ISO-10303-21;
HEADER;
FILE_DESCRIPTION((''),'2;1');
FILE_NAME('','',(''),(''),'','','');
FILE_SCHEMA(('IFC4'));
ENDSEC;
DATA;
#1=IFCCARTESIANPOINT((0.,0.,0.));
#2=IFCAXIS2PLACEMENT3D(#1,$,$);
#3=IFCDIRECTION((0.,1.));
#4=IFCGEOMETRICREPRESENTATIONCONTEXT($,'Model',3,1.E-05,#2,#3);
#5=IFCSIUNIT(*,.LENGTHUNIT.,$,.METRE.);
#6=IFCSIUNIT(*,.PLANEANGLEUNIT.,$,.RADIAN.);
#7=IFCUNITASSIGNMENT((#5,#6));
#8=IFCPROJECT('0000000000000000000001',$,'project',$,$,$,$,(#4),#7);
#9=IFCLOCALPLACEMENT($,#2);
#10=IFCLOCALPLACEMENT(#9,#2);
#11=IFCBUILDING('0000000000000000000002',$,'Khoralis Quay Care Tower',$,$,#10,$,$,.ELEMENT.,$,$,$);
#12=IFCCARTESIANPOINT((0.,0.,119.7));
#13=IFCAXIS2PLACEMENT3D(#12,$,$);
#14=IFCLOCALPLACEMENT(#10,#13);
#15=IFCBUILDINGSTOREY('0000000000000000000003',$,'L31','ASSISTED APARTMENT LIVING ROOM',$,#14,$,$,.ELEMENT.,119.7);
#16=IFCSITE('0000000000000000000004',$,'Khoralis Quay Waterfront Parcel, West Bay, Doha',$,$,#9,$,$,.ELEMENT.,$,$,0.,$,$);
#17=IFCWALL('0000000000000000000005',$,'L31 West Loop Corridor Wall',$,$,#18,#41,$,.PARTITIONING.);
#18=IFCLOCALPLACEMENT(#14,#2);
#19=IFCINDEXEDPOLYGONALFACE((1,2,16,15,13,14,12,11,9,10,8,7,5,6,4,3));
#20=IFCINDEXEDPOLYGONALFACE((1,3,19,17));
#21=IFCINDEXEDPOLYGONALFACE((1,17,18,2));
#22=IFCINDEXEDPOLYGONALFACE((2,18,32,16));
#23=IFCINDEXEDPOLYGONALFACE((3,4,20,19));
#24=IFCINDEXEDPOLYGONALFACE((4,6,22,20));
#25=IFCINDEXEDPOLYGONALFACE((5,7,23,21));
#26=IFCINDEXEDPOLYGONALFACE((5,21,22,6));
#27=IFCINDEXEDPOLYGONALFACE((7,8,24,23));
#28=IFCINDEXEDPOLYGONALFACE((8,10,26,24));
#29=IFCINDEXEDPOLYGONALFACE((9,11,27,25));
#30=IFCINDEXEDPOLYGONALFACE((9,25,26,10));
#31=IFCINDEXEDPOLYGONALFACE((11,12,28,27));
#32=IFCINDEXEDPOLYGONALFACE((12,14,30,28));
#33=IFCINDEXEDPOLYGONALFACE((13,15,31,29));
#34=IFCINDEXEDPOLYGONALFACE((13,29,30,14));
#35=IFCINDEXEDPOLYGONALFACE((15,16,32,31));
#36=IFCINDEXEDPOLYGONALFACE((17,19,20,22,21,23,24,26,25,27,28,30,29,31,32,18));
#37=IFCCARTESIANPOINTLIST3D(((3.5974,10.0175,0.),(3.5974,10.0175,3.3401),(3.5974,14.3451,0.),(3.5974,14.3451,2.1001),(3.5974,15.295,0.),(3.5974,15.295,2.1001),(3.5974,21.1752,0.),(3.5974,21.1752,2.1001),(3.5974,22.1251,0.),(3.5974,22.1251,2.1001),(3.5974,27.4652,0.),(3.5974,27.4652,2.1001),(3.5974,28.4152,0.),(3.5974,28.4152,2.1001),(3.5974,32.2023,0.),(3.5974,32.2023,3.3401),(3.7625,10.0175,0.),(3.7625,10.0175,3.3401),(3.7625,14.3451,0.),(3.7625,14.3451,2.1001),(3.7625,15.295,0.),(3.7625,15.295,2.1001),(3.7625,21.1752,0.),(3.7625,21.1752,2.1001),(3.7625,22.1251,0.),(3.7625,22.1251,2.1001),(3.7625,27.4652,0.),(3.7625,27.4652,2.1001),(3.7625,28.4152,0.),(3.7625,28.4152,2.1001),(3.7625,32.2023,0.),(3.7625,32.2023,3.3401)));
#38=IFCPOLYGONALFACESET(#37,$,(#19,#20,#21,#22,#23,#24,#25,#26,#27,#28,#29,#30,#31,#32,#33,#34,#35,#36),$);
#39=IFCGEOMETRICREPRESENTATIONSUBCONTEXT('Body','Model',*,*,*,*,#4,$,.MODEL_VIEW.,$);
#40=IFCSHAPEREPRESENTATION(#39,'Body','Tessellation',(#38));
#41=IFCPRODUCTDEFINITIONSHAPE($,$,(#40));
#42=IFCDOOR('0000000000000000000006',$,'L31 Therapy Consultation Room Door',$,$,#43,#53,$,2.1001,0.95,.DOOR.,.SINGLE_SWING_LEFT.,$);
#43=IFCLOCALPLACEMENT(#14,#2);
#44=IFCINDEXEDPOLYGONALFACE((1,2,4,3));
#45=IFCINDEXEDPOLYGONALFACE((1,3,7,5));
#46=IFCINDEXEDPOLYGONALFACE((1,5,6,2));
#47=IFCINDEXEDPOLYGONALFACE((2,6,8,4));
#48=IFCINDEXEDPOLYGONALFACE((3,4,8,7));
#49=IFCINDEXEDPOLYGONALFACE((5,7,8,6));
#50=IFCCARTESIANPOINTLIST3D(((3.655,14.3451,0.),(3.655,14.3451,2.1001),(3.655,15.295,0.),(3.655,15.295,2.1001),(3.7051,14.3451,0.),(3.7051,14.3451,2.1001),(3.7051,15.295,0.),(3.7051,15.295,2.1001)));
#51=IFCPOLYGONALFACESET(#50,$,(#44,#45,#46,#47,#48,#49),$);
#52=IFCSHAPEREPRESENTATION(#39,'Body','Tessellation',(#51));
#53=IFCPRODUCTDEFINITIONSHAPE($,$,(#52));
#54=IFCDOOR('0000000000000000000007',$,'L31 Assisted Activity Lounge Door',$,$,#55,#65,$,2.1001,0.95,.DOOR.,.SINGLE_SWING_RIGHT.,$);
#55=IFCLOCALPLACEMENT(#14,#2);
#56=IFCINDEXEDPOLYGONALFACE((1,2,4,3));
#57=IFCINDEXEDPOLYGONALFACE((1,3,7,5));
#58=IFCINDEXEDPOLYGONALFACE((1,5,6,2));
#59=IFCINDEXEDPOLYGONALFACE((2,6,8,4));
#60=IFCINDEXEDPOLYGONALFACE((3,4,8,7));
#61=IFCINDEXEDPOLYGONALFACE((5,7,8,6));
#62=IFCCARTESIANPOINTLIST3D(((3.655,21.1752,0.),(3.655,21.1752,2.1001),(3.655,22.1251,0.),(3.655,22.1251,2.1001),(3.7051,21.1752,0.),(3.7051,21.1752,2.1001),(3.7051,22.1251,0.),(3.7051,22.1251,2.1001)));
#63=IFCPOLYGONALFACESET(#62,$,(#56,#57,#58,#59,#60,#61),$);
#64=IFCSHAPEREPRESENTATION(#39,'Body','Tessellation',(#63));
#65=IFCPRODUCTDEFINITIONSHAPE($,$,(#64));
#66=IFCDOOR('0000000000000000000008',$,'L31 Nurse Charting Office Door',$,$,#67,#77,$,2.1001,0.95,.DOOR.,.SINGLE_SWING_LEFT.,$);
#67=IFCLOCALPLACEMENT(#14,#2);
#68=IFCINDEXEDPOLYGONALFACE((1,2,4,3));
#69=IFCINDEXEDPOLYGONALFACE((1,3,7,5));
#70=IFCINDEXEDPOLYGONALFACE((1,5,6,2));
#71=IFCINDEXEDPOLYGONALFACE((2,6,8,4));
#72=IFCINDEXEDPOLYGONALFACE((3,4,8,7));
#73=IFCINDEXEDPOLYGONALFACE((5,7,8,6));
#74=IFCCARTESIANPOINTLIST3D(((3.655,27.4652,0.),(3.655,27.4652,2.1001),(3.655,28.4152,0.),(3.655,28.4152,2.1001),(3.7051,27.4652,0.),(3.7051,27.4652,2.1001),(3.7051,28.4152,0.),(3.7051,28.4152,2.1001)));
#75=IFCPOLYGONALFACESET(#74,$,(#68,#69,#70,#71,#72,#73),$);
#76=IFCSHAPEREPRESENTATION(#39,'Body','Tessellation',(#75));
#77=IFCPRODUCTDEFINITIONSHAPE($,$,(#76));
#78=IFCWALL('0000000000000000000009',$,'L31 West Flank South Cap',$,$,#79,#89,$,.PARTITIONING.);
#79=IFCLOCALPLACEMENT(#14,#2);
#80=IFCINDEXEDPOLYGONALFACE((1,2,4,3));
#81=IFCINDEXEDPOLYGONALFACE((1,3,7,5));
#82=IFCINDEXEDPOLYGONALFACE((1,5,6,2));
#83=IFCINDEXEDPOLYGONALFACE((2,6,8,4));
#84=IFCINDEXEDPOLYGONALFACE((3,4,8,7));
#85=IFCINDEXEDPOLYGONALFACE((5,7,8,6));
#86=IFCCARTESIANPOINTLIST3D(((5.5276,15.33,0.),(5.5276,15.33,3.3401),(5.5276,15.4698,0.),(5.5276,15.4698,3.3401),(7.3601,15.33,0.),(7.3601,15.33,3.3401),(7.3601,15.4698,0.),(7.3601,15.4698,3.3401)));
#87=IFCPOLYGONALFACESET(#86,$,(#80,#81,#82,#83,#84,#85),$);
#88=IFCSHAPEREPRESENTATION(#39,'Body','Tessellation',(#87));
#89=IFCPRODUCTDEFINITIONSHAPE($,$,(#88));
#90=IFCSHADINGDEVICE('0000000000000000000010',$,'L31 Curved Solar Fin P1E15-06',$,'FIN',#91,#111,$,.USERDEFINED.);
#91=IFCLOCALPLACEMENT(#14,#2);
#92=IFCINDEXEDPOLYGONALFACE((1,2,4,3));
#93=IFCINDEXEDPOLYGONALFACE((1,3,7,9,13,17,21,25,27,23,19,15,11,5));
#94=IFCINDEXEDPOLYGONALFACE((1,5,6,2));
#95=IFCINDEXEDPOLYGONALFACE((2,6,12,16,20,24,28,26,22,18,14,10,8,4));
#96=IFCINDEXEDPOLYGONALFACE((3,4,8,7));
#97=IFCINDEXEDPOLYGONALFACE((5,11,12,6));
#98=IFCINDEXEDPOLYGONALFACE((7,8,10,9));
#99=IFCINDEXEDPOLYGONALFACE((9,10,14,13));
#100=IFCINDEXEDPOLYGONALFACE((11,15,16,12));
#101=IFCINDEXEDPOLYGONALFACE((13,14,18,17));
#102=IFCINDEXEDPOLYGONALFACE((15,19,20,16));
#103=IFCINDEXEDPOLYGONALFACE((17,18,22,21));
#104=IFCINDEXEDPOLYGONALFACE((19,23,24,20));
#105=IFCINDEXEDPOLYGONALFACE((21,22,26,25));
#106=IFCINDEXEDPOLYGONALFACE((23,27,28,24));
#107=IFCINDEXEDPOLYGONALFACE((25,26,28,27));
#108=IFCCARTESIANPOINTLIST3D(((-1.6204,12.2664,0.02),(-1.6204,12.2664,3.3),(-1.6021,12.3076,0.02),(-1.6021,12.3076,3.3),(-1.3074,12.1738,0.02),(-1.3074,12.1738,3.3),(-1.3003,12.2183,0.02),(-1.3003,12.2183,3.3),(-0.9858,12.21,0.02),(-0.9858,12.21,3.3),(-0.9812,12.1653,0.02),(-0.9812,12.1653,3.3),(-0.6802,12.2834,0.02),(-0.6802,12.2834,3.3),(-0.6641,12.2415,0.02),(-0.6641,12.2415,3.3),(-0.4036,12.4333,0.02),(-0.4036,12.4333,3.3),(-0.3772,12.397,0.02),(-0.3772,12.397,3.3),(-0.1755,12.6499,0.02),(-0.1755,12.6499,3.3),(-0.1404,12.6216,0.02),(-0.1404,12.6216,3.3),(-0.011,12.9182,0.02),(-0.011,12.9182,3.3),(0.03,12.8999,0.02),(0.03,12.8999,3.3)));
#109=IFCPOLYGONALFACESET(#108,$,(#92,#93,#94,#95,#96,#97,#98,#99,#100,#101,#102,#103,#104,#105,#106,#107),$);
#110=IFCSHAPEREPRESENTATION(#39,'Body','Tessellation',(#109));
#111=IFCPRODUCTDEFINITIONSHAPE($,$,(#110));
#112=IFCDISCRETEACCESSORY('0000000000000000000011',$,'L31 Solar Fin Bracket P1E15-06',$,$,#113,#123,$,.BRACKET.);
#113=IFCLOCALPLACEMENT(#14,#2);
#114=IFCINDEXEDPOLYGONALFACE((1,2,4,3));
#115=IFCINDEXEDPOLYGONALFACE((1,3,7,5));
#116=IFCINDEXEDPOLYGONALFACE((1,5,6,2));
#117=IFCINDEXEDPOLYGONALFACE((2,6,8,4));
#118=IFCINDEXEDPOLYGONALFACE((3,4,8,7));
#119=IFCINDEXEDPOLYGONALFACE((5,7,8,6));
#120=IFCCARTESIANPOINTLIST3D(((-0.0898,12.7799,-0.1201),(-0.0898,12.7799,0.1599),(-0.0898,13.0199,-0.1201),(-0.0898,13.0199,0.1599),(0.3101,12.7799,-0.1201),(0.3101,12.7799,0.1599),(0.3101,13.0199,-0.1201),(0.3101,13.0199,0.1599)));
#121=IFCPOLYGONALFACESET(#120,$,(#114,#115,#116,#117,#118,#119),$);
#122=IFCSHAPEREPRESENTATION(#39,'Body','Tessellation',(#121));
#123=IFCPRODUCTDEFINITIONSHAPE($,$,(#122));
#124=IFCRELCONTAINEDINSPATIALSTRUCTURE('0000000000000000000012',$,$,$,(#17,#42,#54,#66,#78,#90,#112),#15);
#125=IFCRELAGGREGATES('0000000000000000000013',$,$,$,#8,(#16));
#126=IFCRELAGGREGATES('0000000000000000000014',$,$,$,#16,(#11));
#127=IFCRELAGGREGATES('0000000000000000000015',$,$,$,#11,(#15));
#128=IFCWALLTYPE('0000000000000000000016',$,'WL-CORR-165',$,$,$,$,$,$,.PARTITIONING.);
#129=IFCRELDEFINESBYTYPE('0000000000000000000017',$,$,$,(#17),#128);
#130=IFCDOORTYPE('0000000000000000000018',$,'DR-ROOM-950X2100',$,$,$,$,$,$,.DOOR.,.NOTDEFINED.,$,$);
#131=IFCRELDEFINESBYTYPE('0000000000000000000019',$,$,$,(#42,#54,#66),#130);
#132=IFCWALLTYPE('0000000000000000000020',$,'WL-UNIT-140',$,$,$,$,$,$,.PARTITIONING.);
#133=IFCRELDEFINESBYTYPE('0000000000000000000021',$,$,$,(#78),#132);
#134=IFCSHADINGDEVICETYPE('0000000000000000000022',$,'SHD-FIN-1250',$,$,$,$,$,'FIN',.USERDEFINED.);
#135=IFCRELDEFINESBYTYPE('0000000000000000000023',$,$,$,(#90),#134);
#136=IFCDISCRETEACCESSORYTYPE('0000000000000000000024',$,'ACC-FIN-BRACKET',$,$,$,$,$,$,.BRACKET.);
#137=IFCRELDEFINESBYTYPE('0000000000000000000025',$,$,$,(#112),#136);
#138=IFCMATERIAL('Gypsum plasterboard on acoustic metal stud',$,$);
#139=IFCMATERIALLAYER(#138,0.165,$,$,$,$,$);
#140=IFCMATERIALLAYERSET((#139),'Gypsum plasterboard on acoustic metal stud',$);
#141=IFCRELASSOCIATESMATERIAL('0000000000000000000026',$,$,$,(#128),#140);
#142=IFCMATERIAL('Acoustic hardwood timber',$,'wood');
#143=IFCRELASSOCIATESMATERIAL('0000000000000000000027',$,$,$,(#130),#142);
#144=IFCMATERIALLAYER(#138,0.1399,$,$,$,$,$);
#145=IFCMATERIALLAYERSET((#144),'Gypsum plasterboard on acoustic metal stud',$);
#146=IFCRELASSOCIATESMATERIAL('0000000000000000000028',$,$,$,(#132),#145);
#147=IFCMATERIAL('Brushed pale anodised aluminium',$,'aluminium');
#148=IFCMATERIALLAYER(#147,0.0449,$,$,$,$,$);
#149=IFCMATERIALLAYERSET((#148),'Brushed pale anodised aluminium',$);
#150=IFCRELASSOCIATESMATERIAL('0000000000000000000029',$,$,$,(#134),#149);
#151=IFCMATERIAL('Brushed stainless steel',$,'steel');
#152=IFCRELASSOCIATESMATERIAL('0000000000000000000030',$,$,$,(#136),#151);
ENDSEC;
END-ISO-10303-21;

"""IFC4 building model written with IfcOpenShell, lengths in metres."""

from ifc_helpers import new_model, si_unit, direction, frame, frame_2d, origin, origin_2d, place, context, subcontext, project, spatial, polyline, rectangle, outline, extrude, source, transform, mapped, material, layer, layer_set, type_object, element, fill, save


model = new_model("IFC4")

# Units and contexts
model_context = context("Model", 3, precision=1e-05, world=origin(), true_north=direction((0.0, 1.0)))
body_context = subcontext(model_context, "Body", "Model", "MODEL_VIEW")
ifc_project = project(units=[si_unit("LENGTHUNIT", "METRE"), si_unit("PLANEANGLEUNIT", "RADIAN")], contexts=[model_context])

# Site, building, storey
site_placement = place(None, origin())
site = spatial("IfcSite", under=ifc_project, at=site_placement, Name="Khoralis Quay Waterfront Parcel, West Bay, Doha", CompositionType="ELEMENT", RefElevation=0.0)
building_placement = place(site_placement, origin())
building = spatial("IfcBuilding", under=site, at=building_placement, Name="Khoralis Quay Care Tower", CompositionType="ELEMENT")
storey_placement = place(building_placement, frame((0.0, 0.0, 119.7)))
storey = spatial("IfcBuildingStorey", under=building, at=storey_placement, Name="L31", Description="ASSISTED APARTMENT LIVING ROOM", CompositionType="ELEMENT", Elevation=119.7)

# Wall, openings, doors
ifc_material_1 = material(Name="Gypsum plasterboard on acoustic metal stud")
ifc_layer_1 = layer(ifc_material_1, 0.165)
ifc_layer_set_1 = layer_set([ifc_layer_1], Name="Gypsum plasterboard on acoustic metal stud")
wall_type_1 = type_object("IfcWallType", Name="WL-CORR-165", PredefinedType="PARTITIONING", material=ifc_layer_set_1)
ifc_material_2 = material(Name="Acoustic hardwood timber", Category="wood")
door_type_1 = type_object("IfcDoorType", Name="DR-ROOM-950X2100", OperationType="NOTDEFINED", PredefinedType="DOOR", material=ifc_material_2)
shared_shape_1 = source(origin(), body_context, "Body", "SweptSolid", [
    extrude(rectangle(XDim=0.95, YDim=2.1001, at=frame_2d((0.4751, 1.05))), frame((0.0, 0.0249, 0.0), z_axis=(0.0, -1.0, 0.0), x_axis=(1.0, 0.0, 0.0)), (0.0, 0.0, 1.0), 0.05),
])
wall_1_placement = place(storey_placement, frame((3.6799, 10.0176, 0.0), z_axis=(0.0, 0.0, 1.0), x_axis=(0.0, 1.0, 0.0)))
wall_1 = element("IfcWall", 1, at=wall_1_placement, inside=storey, type_object=wall_type_1, Name="L31 West Loop Corridor Wall", PredefinedType="PARTITIONING", context=body_context, shape_type="SweptSolid", body=[
    extrude(rectangle(XDim=22.1848, YDim=0.165, at=frame_2d((11.0923, 0.0))), origin(), (0.0, 0.0, 1.0), 3.3401),
])
opening_1_placement = place(wall_1_placement, frame((4.3274, 0.0, 0.0)))
opening_1 = element("IfcOpeningElement", 2, at=opening_1_placement, cuts=wall_1, PredefinedType="OPENING", context=body_context, shape_type="SweptSolid", body=[
    extrude(rectangle(XDim=0.95, YDim=2.1001, at=frame_2d((0.4751, 1.05))), frame((0.0, 0.0925, 0.0), z_axis=(0.0, -1.0, 0.0), x_axis=(1.0, 0.0, 0.0)), (0.0, 0.0, 1.0), 0.1851),
])
opening_2_placement = place(wall_1_placement, frame((11.1575, 0.0, 0.0)))
opening_2 = element("IfcOpeningElement", 3, at=opening_2_placement, cuts=wall_1, PredefinedType="OPENING", context=body_context, shape_type="SweptSolid", body=[
    extrude(rectangle(XDim=0.95, YDim=2.1001, at=frame_2d((0.4751, 1.05))), frame((0.0, 0.0925, 0.0), z_axis=(0.0, -1.0, 0.0), x_axis=(1.0, 0.0, 0.0)), (0.0, 0.0, 1.0), 0.1851),
])
opening_3_placement = place(wall_1_placement, frame((17.4475, 0.0, 0.0)))
opening_3 = element("IfcOpeningElement", 4, at=opening_3_placement, cuts=wall_1, PredefinedType="OPENING", context=body_context, shape_type="SweptSolid", body=[
    extrude(rectangle(XDim=0.95, YDim=2.1001, at=frame_2d((0.4751, 1.05))), frame((0.0, 0.0925, 0.0), z_axis=(0.0, -1.0, 0.0), x_axis=(1.0, 0.0, 0.0)), (0.0, 0.0, 1.0), 0.1851),
])
door_1_placement = place(opening_1_placement, origin())
door_1 = element("IfcDoor", 5, at=door_1_placement, inside=storey, type_object=door_type_1, Name="L31 Therapy Consultation Room Door", OperationType="SINGLE_SWING_LEFT", OverallHeight=2.1001, OverallWidth=0.95, PredefinedType="DOOR", context=body_context, shape_type="MappedRepresentation", body=[
    mapped(shared_shape_1, transform((0.0, 0.0, 0.0), scale=1.0)),
])
fill(opening_1, door_1)
door_2_placement = place(opening_2_placement, origin())
door_2 = element("IfcDoor", 6, at=door_2_placement, inside=storey, type_object=door_type_1, Name="L31 Assisted Activity Lounge Door", OperationType="SINGLE_SWING_RIGHT", OverallHeight=2.1001, OverallWidth=0.95, PredefinedType="DOOR", context=body_context, shape_type="MappedRepresentation", body=[
    mapped(shared_shape_1, transform((0.0, 0.0, 0.0), scale=1.0)),
])
fill(opening_2, door_2)
door_3_placement = place(opening_3_placement, origin())
door_3 = element("IfcDoor", 7, at=door_3_placement, inside=storey, type_object=door_type_1, Name="L31 Nurse Charting Office Door", OperationType="SINGLE_SWING_LEFT", OverallHeight=2.1001, OverallWidth=0.95, PredefinedType="DOOR", context=body_context, shape_type="MappedRepresentation", body=[
    mapped(shared_shape_1, transform((0.0, 0.0, 0.0), scale=1.0)),
])
fill(opening_3, door_3)

# Wall
ifc_layer_2 = layer(ifc_material_1, 0.1399)
ifc_layer_set_2 = layer_set([ifc_layer_2], Name="Gypsum plasterboard on acoustic metal stud")
wall_type_2 = type_object("IfcWallType", Name="WL-UNIT-140", PredefinedType="PARTITIONING", material=ifc_layer_set_2)
wall_2_placement = place(storey_placement, frame((5.5276, 15.3999, 0.0), z_axis=(0.0, 0.0, 1.0), x_axis=(1.0, 0.0, 0.0)))
element("IfcWall", 8, at=wall_2_placement, inside=storey, type_object=wall_type_2, Name="L31 West Flank South Cap", PredefinedType="PARTITIONING", context=body_context, shape_type="SweptSolid", body=[
    extrude(rectangle(XDim=1.8325, YDim=0.1399, at=frame_2d((0.9163, 0.0))), origin(), (0.0, 0.0, 1.0), 3.3401),
])

# Shading device
ifc_material_3 = material(Name="Brushed pale anodised aluminium", Category="aluminium")
ifc_layer_3 = layer(ifc_material_3, 0.0449)
ifc_layer_set_3 = layer_set([ifc_layer_3], Name="Brushed pale anodised aluminium")
shading_device_type = type_object("IfcShadingDeviceType", Name="SHD-FIN-1250", ElementType="FIN", PredefinedType="USERDEFINED", material=ifc_layer_set_3)
shared_shape_2 = source(origin(), body_context, "Body", "SweptSolid", [
    extrude(outline(polyline([(0.0, 0.0), (0.1704, 0.2783), (0.4072, 0.5029), (0.6941, 0.6584), (1.0112, 0.7346), (1.3374, 0.7261), (1.6504, 0.6335), (1.6321, 0.5923), (1.3303, 0.6816), (1.0159, 0.6899), (0.7102, 0.6165), (0.4336, 0.4666), (0.2056, 0.25), (0.041, -0.0183), (0.0, 0.0)])), origin(), (0.0, 0.0, 1.0), 3.28),
])
shading_device_placement = place(storey_placement, frame((0.03, 12.8999, 0.02), z_axis=(0.0, 0.0, 1.0), x_axis=(-1.0, 0.0, 0.0)))
element("IfcShadingDevice", 9, at=shading_device_placement, inside=storey, type_object=shading_device_type, Name="L31 Curved Solar Fin P1E15-06", ObjectType="FIN", PredefinedType="USERDEFINED", context=body_context, shape_type="MappedRepresentation", body=[
    mapped(shared_shape_2, transform((0.0, 0.0, 0.0), scale=1.0)),
])

# Discrete accessory
ifc_material_4 = material(Name="Brushed stainless steel", Category="steel")
discrete_accessory_type = type_object("IfcDiscreteAccessoryType", Name="ACC-FIN-BRACKET", PredefinedType="BRACKET", material=ifc_material_4)
shared_shape_3 = source(origin(), body_context, "Body", "SweptSolid", [
    extrude(rectangle(XDim=0.3999, YDim=0.24, at=origin_2d()), origin(), (0.0, 0.0, 1.0), 0.28),
])
discrete_accessory_placement = place(storey_placement, frame((0.1101, 12.8999, -0.1201), z_axis=(0.0, 0.0, 1.0), x_axis=(-1.0, 0.0, 0.0)))
element("IfcDiscreteAccessory", 10, at=discrete_accessory_placement, inside=storey, type_object=discrete_accessory_type, Name="L31 Solar Fin Bracket P1E15-06", PredefinedType="BRACKET", context=body_context, shape_type="MappedRepresentation", body=[
    mapped(shared_shape_3, transform((0.0, 0.0, 0.0), scale=1.0)),
])

save(model, "model.ifc")
